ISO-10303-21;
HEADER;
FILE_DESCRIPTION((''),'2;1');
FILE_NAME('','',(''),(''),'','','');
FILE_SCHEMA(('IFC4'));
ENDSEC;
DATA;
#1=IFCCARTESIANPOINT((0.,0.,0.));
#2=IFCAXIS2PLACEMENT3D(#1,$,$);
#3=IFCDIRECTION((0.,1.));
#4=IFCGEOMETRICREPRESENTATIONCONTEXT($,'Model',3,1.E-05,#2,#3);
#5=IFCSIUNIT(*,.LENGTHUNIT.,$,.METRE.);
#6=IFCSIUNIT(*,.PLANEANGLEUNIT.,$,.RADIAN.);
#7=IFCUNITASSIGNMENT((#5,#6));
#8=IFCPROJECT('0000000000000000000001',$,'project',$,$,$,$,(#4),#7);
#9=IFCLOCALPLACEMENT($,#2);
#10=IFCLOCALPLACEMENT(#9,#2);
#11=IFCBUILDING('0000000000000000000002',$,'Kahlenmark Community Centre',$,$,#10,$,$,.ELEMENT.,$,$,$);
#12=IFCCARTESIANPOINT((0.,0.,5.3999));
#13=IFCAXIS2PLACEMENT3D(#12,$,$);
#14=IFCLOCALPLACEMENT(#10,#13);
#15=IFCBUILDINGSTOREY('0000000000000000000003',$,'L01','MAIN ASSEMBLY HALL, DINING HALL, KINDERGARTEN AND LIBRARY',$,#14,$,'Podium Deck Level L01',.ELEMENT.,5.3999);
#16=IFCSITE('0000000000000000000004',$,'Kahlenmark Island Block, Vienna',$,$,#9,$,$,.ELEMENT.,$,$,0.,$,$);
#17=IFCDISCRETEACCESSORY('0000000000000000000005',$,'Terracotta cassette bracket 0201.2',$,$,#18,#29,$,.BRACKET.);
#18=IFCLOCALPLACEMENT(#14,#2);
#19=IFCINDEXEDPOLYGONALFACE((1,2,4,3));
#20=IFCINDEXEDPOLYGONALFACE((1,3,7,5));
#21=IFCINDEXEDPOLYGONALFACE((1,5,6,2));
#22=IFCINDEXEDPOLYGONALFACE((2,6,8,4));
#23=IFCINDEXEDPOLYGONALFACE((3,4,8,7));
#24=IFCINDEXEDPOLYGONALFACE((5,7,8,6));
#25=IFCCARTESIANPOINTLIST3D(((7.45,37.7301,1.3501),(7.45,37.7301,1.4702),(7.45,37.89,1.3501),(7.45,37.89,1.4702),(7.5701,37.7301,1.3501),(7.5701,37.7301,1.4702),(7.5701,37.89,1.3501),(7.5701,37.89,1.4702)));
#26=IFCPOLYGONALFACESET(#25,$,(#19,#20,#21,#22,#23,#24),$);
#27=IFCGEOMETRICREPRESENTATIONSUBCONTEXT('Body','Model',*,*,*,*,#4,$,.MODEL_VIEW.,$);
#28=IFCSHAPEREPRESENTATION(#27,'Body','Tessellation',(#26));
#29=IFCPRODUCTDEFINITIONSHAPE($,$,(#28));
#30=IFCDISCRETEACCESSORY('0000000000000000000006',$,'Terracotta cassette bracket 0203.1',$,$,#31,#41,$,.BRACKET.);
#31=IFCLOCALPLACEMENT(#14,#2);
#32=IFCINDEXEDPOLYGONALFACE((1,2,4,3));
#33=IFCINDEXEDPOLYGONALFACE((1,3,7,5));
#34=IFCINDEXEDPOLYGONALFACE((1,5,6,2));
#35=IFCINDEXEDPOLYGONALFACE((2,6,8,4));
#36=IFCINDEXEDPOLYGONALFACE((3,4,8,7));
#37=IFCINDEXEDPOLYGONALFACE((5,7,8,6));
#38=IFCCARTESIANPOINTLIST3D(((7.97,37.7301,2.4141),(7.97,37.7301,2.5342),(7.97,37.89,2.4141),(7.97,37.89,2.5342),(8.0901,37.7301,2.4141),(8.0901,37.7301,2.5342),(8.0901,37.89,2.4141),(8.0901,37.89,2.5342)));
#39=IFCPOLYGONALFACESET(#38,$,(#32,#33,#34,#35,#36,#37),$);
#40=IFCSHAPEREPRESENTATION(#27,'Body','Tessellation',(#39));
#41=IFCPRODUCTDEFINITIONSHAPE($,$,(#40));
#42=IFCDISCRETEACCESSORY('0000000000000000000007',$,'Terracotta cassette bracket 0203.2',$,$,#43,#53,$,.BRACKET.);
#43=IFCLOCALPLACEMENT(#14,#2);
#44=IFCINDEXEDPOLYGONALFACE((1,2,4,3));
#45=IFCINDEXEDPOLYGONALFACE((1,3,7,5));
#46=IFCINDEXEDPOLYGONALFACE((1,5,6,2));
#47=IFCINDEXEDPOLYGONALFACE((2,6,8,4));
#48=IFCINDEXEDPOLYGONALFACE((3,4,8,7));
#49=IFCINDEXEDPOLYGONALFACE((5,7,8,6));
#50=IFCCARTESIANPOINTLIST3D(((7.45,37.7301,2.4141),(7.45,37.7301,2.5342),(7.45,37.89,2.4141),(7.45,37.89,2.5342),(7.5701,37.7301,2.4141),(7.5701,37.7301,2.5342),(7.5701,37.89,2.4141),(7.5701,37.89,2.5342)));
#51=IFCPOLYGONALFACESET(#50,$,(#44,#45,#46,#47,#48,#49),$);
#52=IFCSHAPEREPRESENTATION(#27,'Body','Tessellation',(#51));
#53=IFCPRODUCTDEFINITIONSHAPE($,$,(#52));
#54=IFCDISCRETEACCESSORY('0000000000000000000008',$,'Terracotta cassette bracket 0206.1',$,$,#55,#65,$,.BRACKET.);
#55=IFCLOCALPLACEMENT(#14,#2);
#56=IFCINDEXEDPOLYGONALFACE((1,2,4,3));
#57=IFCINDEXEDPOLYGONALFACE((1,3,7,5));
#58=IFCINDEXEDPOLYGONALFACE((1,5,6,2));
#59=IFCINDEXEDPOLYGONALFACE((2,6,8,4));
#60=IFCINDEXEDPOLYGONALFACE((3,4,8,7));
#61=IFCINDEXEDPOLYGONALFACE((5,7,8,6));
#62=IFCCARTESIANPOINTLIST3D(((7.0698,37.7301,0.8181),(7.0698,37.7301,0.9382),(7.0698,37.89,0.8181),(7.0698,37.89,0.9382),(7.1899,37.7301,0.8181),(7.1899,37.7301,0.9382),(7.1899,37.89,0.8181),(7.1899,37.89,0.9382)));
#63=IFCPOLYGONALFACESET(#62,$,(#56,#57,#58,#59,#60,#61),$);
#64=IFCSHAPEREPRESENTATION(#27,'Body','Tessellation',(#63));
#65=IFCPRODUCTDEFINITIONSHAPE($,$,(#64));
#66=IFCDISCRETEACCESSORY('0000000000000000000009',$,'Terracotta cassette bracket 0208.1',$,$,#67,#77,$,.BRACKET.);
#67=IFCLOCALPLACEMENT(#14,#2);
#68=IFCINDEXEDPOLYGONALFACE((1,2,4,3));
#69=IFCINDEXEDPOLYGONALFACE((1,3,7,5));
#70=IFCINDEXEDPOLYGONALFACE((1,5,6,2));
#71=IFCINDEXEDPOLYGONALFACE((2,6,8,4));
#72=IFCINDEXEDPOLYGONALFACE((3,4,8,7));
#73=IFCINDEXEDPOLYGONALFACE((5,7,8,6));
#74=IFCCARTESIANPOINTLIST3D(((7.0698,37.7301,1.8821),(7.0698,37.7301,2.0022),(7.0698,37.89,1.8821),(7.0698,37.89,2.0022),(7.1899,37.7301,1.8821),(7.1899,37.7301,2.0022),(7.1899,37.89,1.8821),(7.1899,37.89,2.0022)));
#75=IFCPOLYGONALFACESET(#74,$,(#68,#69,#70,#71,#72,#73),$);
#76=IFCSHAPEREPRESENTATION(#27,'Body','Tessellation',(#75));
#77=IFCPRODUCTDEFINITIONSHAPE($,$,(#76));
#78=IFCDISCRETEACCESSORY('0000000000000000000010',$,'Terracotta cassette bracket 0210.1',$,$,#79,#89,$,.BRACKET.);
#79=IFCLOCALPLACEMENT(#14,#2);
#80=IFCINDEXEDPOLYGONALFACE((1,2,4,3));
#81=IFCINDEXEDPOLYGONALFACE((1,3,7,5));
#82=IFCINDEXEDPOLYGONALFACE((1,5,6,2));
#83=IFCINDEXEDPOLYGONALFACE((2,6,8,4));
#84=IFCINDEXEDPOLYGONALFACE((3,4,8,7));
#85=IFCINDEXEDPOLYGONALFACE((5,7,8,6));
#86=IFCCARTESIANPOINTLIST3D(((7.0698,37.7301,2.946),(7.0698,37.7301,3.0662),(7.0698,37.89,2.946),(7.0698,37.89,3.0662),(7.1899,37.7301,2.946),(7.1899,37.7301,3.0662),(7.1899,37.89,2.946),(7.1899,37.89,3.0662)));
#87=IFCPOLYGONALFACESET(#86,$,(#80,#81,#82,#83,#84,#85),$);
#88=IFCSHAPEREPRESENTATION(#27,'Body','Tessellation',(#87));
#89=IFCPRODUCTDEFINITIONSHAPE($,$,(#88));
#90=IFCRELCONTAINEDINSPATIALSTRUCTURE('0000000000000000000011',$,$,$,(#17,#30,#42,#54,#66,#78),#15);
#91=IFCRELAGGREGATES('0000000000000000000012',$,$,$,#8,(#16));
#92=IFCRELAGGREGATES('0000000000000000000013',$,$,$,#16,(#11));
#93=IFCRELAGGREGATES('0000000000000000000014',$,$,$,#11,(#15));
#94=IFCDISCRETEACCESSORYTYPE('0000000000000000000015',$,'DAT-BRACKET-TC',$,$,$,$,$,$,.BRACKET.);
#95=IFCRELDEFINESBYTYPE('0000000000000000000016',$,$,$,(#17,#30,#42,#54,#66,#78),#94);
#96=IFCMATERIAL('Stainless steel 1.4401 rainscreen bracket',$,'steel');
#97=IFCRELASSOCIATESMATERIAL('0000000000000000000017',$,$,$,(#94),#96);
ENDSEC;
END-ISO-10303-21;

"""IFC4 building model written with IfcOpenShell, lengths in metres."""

from ifc_helpers import new_model, si_unit, direction, frame, origin, origin_2d, place, context, subcontext, project, spatial, rectangle, extrude, material, type_object, element, save


model = new_model("IFC4")

# Units and contexts
model_context = context("Model", 3, precision=1e-05, world=origin(), true_north=direction((0.0, 1.0)))
body_context = subcontext(model_context, "Body", "Model", "MODEL_VIEW")
ifc_project = project(units=[si_unit("LENGTHUNIT", "METRE"), si_unit("PLANEANGLEUNIT", "RADIAN")], contexts=[model_context])

# Site, building, storey
site_placement = place(None, origin())
site = spatial("IfcSite", under=ifc_project, at=site_placement, Name="Kahlenmark Island Block, Vienna", CompositionType="ELEMENT", RefElevation=0.0)
building_placement = place(site_placement, origin())
building = spatial("IfcBuilding", under=site, at=building_placement, Name="Kahlenmark Community Centre", CompositionType="ELEMENT")
storey_placement = place(building_placement, frame((0.0, 0.0, 5.3999)))
storey = spatial("IfcBuildingStorey", under=building, at=storey_placement, Name="L01", Description="MAIN ASSEMBLY HALL, DINING HALL, KINDERGARTEN AND LIBRARY", LongName="Podium Deck Level L01", CompositionType="ELEMENT", Elevation=5.3999)

# Discrete accessories
ifc_material_1 = material(Name="Stainless steel 1.4401 rainscreen bracket", Category="steel")
discrete_accessory_type = type_object("IfcDiscreteAccessoryType", Name="DAT-BRACKET-TC", PredefinedType="BRACKET", material=ifc_material_1)
for number, where, z_axis, x_axis, name in (
    (1, (7.51, 37.8101, 1.3501), (0.0, 0.0, 1.0), (-1.0, 0.0, 0.0), "Terracotta cassette bracket 0201.2"),
    (2, (8.03, 37.8101, 2.4141), (0.0, 0.0, 1.0), (-1.0, 0.0, 0.0), "Terracotta cassette bracket 0203.1"),
    (3, (7.51, 37.8101, 2.4141), (0.0, 0.0, 1.0), (-1.0, 0.0, 0.0), "Terracotta cassette bracket 0203.2"),
    (4, (7.1299, 37.8101, 0.8181), (0.0, 0.0, 1.0), (-1.0, 0.0, 0.0), "Terracotta cassette bracket 0206.1"),
    (5, (7.1299, 37.8101, 1.8821), (0.0, 0.0, 1.0), (-1.0, 0.0, 0.0), "Terracotta cassette bracket 0208.1"),
    (6, (7.1299, 37.8101, 2.946), (0.0, 0.0, 1.0), (-1.0, 0.0, 0.0), "Terracotta cassette bracket 0210.1"),
):
    element("IfcDiscreteAccessory", number, at=place(storey_placement, frame(where, z_axis=z_axis, x_axis=x_axis)), inside=storey, type_object=discrete_accessory_type, Name=name, PredefinedType="BRACKET", context=body_context, shape_type="SweptSolid", body=[
        extrude(rectangle(XDim=0.1201, YDim=0.1599, at=origin_2d()), origin(), (0.0, 0.0, 1.0), 0.1201),
    ])

save(model, "model.ifc")
